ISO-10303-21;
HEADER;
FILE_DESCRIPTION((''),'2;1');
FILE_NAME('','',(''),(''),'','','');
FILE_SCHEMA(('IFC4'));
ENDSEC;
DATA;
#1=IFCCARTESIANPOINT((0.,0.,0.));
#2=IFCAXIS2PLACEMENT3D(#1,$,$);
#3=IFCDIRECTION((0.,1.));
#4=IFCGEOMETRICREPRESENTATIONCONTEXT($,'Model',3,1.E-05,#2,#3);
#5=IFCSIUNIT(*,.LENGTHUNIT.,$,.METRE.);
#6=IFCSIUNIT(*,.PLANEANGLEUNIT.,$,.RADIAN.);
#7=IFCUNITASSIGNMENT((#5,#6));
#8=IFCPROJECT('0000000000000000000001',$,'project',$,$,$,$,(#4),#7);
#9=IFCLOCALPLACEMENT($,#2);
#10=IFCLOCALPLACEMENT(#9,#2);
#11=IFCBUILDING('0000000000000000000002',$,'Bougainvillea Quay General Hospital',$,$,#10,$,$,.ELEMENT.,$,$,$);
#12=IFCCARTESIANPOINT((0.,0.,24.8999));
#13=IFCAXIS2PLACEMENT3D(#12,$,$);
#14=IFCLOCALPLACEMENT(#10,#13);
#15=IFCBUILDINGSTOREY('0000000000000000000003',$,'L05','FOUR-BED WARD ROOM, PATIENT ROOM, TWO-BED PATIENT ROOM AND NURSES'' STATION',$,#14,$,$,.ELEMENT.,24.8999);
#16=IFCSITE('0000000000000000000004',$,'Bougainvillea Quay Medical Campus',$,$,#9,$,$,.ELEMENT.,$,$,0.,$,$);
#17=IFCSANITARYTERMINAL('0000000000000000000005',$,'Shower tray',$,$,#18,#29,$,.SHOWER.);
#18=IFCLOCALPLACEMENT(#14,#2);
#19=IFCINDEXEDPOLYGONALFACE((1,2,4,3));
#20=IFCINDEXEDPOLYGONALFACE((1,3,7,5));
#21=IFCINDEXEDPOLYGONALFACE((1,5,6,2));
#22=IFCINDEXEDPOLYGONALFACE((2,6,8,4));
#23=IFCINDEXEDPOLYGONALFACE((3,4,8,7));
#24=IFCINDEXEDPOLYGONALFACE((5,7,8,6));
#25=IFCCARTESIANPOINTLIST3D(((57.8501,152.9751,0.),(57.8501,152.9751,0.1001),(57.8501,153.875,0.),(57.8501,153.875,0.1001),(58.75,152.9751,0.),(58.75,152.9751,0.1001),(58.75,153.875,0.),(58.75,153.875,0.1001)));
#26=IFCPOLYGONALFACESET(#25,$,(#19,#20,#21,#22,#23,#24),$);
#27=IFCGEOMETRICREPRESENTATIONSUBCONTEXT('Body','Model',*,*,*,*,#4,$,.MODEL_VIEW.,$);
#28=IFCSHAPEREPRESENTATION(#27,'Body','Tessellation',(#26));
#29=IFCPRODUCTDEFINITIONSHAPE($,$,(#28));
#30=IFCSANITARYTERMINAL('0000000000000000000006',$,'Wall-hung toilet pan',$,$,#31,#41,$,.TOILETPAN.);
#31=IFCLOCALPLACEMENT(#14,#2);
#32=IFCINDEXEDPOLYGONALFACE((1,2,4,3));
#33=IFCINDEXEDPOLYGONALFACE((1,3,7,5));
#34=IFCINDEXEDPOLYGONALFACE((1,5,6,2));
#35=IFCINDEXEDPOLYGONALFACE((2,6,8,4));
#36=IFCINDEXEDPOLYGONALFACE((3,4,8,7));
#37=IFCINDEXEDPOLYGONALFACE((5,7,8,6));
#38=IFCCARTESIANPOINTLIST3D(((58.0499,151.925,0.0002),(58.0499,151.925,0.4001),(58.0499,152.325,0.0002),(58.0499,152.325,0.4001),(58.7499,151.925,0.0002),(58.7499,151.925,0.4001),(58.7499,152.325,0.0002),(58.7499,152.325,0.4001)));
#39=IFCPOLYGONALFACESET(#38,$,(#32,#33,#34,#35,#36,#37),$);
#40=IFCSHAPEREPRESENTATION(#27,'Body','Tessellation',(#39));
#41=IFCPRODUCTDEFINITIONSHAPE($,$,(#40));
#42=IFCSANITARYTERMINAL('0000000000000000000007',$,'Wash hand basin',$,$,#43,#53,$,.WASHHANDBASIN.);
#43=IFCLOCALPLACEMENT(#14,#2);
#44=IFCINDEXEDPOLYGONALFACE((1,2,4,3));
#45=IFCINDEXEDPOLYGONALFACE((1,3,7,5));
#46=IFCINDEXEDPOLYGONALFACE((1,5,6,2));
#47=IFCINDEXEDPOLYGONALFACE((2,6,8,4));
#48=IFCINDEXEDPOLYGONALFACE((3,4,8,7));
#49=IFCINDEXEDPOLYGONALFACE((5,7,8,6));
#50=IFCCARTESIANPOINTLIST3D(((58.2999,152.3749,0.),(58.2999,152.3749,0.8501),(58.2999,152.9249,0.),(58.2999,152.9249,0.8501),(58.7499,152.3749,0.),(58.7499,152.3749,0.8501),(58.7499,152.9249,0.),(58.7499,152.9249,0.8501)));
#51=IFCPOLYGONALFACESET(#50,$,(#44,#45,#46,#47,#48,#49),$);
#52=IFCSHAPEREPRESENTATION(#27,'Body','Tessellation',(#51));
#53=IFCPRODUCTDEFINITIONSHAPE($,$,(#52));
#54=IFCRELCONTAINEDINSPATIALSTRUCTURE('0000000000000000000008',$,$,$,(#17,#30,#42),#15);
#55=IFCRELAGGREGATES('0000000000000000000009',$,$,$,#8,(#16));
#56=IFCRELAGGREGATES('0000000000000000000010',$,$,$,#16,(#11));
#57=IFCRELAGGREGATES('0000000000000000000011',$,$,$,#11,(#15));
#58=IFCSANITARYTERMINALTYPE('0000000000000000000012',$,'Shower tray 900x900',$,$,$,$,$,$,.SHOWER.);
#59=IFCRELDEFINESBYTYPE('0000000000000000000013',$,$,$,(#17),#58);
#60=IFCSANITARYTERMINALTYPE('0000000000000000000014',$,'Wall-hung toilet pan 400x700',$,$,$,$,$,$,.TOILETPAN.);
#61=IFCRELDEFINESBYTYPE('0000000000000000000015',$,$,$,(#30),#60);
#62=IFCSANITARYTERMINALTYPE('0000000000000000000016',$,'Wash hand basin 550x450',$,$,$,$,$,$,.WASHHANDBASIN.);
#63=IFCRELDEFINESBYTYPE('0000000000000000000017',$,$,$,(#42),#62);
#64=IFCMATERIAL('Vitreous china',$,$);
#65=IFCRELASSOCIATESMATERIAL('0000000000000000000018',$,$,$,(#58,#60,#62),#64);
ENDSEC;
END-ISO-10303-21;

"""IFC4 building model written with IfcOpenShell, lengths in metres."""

from ifc_helpers import new_model, si_unit, direction, frame, origin, origin_2d, place, context, subcontext, project, spatial, rectangle, extrude, material, type_object, element, save


model = new_model("IFC4")

# Units and contexts
model_context = context("Model", 3, precision=1e-05, world=origin(), true_north=direction((0.0, 1.0)))
body_context = subcontext(model_context, "Body", "Model", "MODEL_VIEW")
ifc_project = project(units=[si_unit("LENGTHUNIT", "METRE"), si_unit("PLANEANGLEUNIT", "RADIAN")], contexts=[model_context])

# Site, building, storey
site_placement = place(None, origin())
site = spatial("IfcSite", under=ifc_project, at=site_placement, Name="Bougainvillea Quay Medical Campus", CompositionType="ELEMENT", RefElevation=0.0)
building_placement = place(site_placement, origin())
building = spatial("IfcBuilding", under=site, at=building_placement, Name="Bougainvillea Quay General Hospital", CompositionType="ELEMENT")
storey_placement = place(building_placement, frame((0.0, 0.0, 24.8999)))
storey = spatial("IfcBuildingStorey", under=building, at=storey_placement, Name="L05", Description="FOUR-BED WARD ROOM, PATIENT ROOM, TWO-BED PATIENT ROOM AND NURSES' STATION", CompositionType="ELEMENT", Elevation=24.8999)

# Sanitary terminals
ifc_material_1 = material(Name="Vitreous china")
sanitary_terminal_type_1 = type_object("IfcSanitaryTerminalType", Name="Shower tray 900x900", PredefinedType="SHOWER", material=ifc_material_1)
sanitary_terminal_1_placement = place(storey_placement, frame((58.3, 153.425, 0.0), z_axis=(0.0, 0.0, 1.0), x_axis=(0.0, -1.0, 0.0)))
element("IfcSanitaryTerminal", 1, at=sanitary_terminal_1_placement, inside=storey, type_object=sanitary_terminal_type_1, Name="Shower tray", PredefinedType="SHOWER", context=body_context, shape_type="SweptSolid", body=[
    extrude(rectangle(XDim=0.8999, YDim=0.8999, at=origin_2d()), origin(), (0.0, 0.0, 1.0), 0.1001),
])
sanitary_terminal_type_2 = type_object("IfcSanitaryTerminalType", Name="Wall-hung toilet pan 400x700", PredefinedType="TOILETPAN", material=ifc_material_1)
sanitary_terminal_2_placement = place(storey_placement, frame((58.3999, 152.125, 0.0002), z_axis=(0.0, 0.0, 1.0), x_axis=(0.0, -1.0, 0.0)))
element("IfcSanitaryTerminal", 2, at=sanitary_terminal_2_placement, inside=storey, type_object=sanitary_terminal_type_2, Name="Wall-hung toilet pan", PredefinedType="TOILETPAN", context=body_context, shape_type="SweptSolid", body=[
    extrude(rectangle(XDim=0.3999, YDim=0.7, at=origin_2d()), origin(), (0.0, 0.0, 1.0), 0.3999),
])
sanitary_terminal_type_3 = type_object("IfcSanitaryTerminalType", Name="Wash hand basin 550x450", PredefinedType="WASHHANDBASIN", material=ifc_material_1)
sanitary_terminal_3_placement = place(storey_placement, frame((58.5249, 152.6499, 0.0), z_axis=(0.0, 0.0, 1.0), x_axis=(0.0, -1.0, 0.0)))
element("IfcSanitaryTerminal", 3, at=sanitary_terminal_3_placement, inside=storey, type_object=sanitary_terminal_type_3, Name="Wash hand basin", PredefinedType="WASHHANDBASIN", context=body_context, shape_type="SweptSolid", body=[
    extrude(rectangle(XDim=0.55, YDim=0.45, at=origin_2d()), origin(), (0.0, 0.0, 1.0), 0.8501),
])

save(model, "model.ifc")
